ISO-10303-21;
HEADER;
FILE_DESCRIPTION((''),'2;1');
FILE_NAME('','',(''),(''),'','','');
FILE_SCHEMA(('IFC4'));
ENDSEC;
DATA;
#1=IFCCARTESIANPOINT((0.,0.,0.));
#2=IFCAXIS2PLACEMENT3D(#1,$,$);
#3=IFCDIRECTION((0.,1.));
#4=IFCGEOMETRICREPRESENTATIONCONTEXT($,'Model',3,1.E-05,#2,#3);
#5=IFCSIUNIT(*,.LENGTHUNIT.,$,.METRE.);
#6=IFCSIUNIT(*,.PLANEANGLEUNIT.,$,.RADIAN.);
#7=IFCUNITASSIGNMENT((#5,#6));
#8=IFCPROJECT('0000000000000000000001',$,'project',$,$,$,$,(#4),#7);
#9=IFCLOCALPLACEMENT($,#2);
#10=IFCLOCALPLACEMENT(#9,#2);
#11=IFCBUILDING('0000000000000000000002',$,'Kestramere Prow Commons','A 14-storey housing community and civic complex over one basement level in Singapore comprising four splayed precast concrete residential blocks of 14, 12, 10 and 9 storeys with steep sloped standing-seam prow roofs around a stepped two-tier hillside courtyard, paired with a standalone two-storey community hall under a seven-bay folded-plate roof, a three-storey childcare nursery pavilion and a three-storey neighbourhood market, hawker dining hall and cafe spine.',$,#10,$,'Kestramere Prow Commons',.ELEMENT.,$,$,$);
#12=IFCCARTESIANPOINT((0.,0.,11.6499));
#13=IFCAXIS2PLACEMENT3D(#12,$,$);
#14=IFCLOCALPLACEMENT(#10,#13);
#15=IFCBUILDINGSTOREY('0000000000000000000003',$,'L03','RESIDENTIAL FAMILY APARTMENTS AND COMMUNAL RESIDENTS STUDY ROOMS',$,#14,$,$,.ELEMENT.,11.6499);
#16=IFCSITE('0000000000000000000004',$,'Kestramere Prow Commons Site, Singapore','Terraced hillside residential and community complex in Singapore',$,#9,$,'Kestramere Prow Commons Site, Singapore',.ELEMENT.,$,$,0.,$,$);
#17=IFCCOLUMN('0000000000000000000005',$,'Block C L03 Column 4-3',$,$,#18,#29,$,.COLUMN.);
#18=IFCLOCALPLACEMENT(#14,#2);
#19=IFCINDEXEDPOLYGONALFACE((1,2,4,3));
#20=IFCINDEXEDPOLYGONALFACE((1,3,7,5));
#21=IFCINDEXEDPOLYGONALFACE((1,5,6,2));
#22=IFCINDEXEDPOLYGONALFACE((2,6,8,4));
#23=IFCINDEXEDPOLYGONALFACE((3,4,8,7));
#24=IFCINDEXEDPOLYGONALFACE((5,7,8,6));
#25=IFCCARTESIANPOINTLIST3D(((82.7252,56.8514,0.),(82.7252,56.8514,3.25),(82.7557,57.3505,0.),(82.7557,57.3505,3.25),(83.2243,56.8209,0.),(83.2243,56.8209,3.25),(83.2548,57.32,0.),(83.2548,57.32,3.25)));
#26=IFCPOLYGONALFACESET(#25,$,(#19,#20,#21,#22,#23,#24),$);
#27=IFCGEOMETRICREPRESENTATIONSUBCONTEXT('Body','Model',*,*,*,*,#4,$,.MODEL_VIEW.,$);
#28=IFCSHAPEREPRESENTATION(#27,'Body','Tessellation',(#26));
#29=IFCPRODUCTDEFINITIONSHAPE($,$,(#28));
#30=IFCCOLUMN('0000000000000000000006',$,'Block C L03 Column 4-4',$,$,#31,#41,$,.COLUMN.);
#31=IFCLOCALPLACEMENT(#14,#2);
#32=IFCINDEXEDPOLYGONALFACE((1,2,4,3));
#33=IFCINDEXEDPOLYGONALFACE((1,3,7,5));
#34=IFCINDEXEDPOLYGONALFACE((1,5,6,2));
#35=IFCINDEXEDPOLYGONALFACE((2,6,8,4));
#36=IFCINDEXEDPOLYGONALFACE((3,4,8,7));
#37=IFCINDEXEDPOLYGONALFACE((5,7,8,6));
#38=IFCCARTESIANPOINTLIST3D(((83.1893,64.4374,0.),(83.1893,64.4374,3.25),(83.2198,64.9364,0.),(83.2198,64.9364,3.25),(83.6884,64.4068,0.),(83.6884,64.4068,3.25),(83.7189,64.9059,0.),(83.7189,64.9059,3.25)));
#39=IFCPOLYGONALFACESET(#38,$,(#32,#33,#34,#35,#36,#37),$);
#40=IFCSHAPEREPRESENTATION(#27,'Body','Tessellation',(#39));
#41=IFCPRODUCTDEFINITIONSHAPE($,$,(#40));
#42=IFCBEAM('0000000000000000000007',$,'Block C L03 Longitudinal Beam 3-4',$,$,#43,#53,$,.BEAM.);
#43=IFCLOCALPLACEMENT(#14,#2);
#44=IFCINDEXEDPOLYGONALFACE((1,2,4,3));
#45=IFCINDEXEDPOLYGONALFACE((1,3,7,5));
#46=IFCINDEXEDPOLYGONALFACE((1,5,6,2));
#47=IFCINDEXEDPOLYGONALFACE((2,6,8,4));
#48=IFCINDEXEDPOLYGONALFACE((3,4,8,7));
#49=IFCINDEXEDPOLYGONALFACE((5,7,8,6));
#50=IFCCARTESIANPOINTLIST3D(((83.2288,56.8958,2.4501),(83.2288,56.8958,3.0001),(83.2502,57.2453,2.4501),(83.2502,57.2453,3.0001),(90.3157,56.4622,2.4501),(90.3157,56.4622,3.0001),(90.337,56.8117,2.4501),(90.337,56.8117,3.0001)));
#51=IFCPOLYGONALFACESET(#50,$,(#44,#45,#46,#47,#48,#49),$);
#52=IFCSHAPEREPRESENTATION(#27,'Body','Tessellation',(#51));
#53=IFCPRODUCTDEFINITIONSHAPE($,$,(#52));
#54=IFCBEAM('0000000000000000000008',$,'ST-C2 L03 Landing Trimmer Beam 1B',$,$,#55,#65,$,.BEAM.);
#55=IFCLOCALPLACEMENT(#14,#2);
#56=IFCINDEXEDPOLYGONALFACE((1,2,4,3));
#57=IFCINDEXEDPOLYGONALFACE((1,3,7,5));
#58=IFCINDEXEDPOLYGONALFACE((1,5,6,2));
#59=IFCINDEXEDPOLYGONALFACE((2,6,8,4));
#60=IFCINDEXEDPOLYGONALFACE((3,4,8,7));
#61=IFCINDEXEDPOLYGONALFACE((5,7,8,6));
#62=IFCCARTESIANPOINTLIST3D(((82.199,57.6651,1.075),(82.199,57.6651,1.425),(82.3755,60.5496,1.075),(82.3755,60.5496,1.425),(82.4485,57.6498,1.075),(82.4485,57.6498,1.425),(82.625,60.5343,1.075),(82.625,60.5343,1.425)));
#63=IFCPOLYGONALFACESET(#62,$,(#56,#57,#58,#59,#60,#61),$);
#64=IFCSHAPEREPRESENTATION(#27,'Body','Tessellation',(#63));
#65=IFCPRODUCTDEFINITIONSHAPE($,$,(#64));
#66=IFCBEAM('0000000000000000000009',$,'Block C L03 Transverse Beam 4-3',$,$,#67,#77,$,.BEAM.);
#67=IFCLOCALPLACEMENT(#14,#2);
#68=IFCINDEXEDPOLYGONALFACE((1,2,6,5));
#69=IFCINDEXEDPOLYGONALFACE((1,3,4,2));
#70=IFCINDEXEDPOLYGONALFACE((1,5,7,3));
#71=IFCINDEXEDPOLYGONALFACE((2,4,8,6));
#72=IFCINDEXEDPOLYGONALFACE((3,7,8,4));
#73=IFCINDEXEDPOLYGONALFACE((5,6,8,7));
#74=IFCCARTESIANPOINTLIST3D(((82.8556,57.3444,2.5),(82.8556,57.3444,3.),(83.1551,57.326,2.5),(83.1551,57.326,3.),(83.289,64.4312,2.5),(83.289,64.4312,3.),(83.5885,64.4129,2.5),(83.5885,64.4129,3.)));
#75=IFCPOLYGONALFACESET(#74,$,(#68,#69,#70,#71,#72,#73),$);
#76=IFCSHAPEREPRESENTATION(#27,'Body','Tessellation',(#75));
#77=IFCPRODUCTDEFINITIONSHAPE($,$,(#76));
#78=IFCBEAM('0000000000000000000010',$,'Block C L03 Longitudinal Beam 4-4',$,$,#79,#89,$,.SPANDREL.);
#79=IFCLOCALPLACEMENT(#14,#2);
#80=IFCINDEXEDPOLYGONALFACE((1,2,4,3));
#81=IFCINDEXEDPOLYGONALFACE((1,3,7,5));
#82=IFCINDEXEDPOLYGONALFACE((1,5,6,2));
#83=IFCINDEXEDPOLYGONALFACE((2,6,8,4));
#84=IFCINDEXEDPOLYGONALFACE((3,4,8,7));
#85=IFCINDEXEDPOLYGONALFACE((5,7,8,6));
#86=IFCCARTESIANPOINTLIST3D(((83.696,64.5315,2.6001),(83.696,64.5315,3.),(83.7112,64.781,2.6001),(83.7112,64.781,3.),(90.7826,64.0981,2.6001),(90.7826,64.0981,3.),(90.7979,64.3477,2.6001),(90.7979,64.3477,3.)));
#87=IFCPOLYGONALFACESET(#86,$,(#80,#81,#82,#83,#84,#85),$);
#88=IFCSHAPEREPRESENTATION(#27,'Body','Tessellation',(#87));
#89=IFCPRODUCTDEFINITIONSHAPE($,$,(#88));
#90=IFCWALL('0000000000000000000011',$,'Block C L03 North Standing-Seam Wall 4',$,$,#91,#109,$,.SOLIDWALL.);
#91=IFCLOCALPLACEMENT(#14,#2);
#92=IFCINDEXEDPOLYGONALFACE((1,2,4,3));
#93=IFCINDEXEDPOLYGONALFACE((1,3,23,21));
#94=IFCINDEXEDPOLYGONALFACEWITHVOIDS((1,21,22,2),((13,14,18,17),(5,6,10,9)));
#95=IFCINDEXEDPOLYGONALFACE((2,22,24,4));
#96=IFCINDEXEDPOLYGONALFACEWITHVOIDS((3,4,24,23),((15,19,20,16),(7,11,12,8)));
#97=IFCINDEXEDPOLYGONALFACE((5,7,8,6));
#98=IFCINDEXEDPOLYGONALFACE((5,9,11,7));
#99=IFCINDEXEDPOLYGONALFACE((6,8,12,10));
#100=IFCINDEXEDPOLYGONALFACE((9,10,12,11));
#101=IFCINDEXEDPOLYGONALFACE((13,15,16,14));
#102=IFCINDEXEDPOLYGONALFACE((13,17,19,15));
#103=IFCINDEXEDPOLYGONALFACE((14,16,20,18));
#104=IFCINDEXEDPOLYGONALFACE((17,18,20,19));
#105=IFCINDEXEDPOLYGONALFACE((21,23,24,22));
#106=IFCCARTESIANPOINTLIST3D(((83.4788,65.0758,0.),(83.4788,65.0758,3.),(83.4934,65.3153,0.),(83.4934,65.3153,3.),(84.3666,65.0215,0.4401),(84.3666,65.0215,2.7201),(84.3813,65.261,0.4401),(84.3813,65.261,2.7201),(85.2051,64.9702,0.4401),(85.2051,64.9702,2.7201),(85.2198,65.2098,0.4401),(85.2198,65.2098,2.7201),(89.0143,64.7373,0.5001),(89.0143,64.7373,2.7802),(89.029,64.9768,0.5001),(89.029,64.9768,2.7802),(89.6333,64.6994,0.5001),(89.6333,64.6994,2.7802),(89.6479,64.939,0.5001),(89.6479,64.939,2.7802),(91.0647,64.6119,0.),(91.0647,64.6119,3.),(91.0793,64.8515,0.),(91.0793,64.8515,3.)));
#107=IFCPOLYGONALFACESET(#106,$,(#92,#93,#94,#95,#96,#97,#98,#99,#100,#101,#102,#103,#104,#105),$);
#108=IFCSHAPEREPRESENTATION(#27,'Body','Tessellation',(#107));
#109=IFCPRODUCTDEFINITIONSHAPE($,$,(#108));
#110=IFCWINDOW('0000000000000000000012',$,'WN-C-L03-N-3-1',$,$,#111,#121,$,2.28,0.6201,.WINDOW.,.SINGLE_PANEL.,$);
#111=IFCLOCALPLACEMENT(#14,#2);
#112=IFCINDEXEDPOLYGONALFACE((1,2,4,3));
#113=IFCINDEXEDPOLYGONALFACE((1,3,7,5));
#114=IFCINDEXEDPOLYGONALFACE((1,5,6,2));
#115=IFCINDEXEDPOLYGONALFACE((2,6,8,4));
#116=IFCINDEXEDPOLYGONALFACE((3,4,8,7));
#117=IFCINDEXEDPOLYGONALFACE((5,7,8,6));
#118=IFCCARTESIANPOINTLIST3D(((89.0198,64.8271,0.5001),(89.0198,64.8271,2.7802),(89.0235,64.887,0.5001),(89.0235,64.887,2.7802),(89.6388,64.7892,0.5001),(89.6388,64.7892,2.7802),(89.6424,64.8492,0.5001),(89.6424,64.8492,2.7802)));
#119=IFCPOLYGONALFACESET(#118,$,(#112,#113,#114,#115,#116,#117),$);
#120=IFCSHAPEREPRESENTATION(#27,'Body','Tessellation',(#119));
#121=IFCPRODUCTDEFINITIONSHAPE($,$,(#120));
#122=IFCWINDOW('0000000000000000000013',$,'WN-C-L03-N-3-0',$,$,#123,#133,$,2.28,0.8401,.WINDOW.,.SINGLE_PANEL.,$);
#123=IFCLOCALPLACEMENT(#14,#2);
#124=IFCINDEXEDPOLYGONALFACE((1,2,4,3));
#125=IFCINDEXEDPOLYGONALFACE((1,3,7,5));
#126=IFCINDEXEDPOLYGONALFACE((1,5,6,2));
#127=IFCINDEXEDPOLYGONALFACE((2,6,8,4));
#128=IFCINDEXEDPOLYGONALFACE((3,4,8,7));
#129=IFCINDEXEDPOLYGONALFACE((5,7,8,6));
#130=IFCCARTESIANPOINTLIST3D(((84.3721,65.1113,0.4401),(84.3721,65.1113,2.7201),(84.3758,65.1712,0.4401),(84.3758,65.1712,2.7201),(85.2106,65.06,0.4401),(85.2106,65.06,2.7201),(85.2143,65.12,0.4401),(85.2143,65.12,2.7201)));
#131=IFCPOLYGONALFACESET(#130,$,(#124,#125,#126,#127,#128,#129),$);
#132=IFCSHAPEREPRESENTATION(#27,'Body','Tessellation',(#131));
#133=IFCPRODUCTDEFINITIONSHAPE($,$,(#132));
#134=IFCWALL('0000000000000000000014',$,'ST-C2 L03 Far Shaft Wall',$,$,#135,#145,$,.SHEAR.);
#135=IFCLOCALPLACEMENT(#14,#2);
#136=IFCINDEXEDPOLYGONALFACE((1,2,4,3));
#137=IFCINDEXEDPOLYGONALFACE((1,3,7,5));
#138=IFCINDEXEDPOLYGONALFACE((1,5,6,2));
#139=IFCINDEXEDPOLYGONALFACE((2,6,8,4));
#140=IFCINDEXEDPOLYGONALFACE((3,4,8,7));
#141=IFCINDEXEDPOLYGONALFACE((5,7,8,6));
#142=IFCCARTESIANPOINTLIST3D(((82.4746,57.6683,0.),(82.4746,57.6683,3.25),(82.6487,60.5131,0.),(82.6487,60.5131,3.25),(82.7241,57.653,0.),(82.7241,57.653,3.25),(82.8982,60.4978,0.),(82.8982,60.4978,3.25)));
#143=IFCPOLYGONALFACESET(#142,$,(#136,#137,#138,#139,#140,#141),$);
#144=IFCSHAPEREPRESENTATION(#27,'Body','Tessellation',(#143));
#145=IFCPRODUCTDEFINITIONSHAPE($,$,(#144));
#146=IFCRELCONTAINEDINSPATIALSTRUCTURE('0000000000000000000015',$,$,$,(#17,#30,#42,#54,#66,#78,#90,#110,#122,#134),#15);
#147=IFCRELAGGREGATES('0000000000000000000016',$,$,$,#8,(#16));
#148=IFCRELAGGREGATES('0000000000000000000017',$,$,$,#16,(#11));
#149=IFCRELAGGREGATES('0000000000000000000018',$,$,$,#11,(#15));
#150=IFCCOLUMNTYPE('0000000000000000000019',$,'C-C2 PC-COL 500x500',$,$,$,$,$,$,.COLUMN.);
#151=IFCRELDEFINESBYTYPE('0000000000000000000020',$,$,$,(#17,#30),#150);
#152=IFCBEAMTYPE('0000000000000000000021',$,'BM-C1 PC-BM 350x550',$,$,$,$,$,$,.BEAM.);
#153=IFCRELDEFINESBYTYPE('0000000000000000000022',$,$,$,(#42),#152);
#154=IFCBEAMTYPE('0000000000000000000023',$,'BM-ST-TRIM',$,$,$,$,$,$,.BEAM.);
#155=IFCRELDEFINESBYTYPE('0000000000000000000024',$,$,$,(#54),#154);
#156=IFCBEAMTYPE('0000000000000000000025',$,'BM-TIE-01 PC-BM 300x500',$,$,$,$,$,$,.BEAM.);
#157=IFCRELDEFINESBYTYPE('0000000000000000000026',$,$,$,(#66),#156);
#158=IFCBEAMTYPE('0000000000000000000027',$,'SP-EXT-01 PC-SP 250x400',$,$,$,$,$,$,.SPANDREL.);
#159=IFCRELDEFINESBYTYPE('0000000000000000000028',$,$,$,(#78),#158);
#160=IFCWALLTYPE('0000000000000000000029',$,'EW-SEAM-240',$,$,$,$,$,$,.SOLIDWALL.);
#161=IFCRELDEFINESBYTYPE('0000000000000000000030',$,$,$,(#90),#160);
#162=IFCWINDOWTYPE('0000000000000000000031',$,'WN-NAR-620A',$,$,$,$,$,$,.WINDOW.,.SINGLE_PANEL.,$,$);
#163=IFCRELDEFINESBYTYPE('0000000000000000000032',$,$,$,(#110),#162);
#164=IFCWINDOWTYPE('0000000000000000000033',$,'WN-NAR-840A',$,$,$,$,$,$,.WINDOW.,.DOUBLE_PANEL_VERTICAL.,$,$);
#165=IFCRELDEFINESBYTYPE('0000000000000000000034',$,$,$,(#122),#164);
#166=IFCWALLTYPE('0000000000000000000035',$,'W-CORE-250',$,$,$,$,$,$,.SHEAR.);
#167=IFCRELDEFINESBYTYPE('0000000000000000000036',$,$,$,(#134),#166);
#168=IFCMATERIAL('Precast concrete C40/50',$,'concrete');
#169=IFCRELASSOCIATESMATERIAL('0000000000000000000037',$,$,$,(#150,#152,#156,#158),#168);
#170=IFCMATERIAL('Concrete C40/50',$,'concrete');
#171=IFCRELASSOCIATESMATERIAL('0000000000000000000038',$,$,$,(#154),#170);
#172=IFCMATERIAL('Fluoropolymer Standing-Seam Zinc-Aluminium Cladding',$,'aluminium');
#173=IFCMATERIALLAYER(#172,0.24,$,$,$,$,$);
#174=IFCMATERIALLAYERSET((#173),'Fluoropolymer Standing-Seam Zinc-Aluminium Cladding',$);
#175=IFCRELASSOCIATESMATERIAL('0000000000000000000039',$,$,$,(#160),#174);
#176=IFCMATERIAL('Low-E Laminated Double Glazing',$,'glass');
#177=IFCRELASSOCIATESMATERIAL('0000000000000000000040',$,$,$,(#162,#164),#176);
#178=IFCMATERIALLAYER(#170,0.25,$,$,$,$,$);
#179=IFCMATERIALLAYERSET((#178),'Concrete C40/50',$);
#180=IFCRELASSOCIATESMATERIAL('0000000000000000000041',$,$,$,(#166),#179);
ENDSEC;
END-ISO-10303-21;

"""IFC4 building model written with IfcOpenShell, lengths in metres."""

from ifc_helpers import new_model, si_unit, direction, frame, frame_2d, origin, origin_2d, place, context, subcontext, project, spatial, rectangle, extrude, material, layer, layer_set, material_profile, profile_set, type_object, element, fill, save


model = new_model("IFC4")

# Units and contexts
model_context = context("Model", 3, precision=1e-05, world=origin(), true_north=direction((0.0, 1.0)))
body_context = subcontext(model_context, "Body", "Model", "MODEL_VIEW")
ifc_project = project(units=[si_unit("LENGTHUNIT", "METRE"), si_unit("PLANEANGLEUNIT", "RADIAN")], contexts=[model_context])

# Site, building, storey
site_placement = place(None, origin())
site = spatial("IfcSite", under=ifc_project, at=site_placement, Name="Kestramere Prow Commons Site, Singapore", Description="Terraced hillside residential and community complex in Singapore", LongName="Kestramere Prow Commons Site, Singapore", CompositionType="ELEMENT", RefElevation=0.0)
building_placement = place(site_placement, origin())
building = spatial("IfcBuilding", under=site, at=building_placement, Name="Kestramere Prow Commons", Description="A 14-storey housing community and civic complex over one basement level in Singapore comprising four splayed precast concrete residential blocks of 14, 12, 10 and 9 storeys with steep sloped standing-seam prow roofs around a stepped two-tier hillside courtyard, paired with a standalone two-storey community hall under a seven-bay folded-plate roof, a three-storey childcare nursery pavilion and a three-storey neighbourhood market, hawker dining hall and cafe spine.", LongName="Kestramere Prow Commons", CompositionType="ELEMENT")
storey_placement = place(building_placement, frame((0.0, 0.0, 11.6499)))
storey = spatial("IfcBuildingStorey", under=building, at=storey_placement, Name="L03", Description="RESIDENTIAL FAMILY APARTMENTS AND COMMUNAL RESIDENTS STUDY ROOMS", CompositionType="ELEMENT", Elevation=11.6499)

# Columns
ifc_material_1 = material(Name="Precast concrete C40/50", Category="concrete")
ifc_material_profile_1 = material_profile(ifc_material_1, rectangle(XDim=0.5, YDim=0.5, at=origin_2d()), Name="PC-COL 500x500")
ifc_profile_set_1 = profile_set([ifc_material_profile_1], Name="Precast concrete C40/50")
column_type = type_object("IfcColumnType", Name="C-C2 PC-COL 500x500", PredefinedType="COLUMN", material=ifc_profile_set_1)
for number, where, z_axis, x_axis, name in (
    (1, (82.99, 57.0857, 0.0), (0.0, 0.0, 1.0), (0.998135, -0.061049, 0.0), "Block C L03 Column 4-3"),
    (2, (83.4541, 64.6716, 0.0), (0.0, 0.0, 1.0), (0.998135, -0.061049, 0.0), "Block C L03 Column 4-4"),
):
    element("IfcColumn", number, at=place(storey_placement, frame(where, z_axis=z_axis, x_axis=x_axis)), inside=storey, type_object=column_type, Name=name, PredefinedType="COLUMN", context=body_context, shape_type="SweptSolid", body=[
        extrude(rectangle(XDim=0.5, YDim=0.5, at=origin_2d()), origin(), (0.0, 0.0, 1.0), 3.25),
    ])

# Beams
ifc_material_profile_2 = material_profile(ifc_material_1, rectangle(XDim=0.3501, YDim=0.55, at=origin_2d()), Name="PC-BM 350x550")
ifc_profile_set_2 = profile_set([ifc_material_profile_2], Name="Precast concrete C40/50")
beam_type_1 = type_object("IfcBeamType", Name="BM-C1 PC-BM 350x550", PredefinedType="BEAM", material=ifc_profile_set_2)
beam_1_placement = place(storey_placement, frame((83.2395, 57.0706, 2.7251), z_axis=(0.998134, -0.061068, 0.0), x_axis=(0.061068, 0.998134, 0.0)))
element("IfcBeam", 3, at=beam_1_placement, inside=storey, type_object=beam_type_1, Name="Block C L03 Longitudinal Beam 3-4", PredefinedType="BEAM", context=body_context, shape_type="SweptSolid", body=[
    extrude(rectangle(XDim=0.3501, YDim=0.55, at=origin_2d()), origin(), (0.0, 0.0, 1.0), 7.1001),
])
ifc_material_2 = material(Name="Concrete C40/50", Category="concrete")
ifc_material_profile_3 = material_profile(ifc_material_2, rectangle(XDim=0.25, YDim=0.3501, at=origin_2d()), Name="PC-BM 250x350")
ifc_profile_set_3 = profile_set([ifc_material_profile_3], Name="Concrete C40/50")
beam_type_2 = type_object("IfcBeamType", Name="BM-ST-TRIM", PredefinedType="BEAM", material=ifc_profile_set_3)
beam_2_placement = place(storey_placement, frame((82.3237, 57.6575, 1.25), z_axis=(0.061079, 0.998133, 0.0), x_axis=(-0.998133, 0.061079, 0.0)))
element("IfcBeam", 4, at=beam_2_placement, inside=storey, type_object=beam_type_2, Name="ST-C2 L03 Landing Trimmer Beam 1B", PredefinedType="BEAM", context=body_context, shape_type="SweptSolid", body=[
    extrude(rectangle(XDim=0.25, YDim=0.3501, at=origin_2d()), origin(), (0.0, 0.0, 1.0), 2.8899),
])
ifc_material_profile_4 = material_profile(ifc_material_1, rectangle(XDim=0.3, YDim=0.5, at=origin_2d()), Name="PC-BM 300x500")
ifc_profile_set_4 = profile_set([ifc_material_profile_4], Name="Precast concrete C40/50")
beam_type_3 = type_object("IfcBeamType", Name="BM-TIE-01 PC-BM 300x500", PredefinedType="BEAM", material=ifc_profile_set_4)
beam_3_placement = place(storey_placement, frame((83.0054, 57.3352, 2.75), z_axis=(0.061034, 0.998136, 0.0), x_axis=(-0.998136, 0.061034, 0.0)))
element("IfcBeam", 5, at=beam_3_placement, inside=storey, type_object=beam_type_3, Name="Block C L03 Transverse Beam 4-3", PredefinedType="BEAM", context=body_context, shape_type="SweptSolid", body=[
    extrude(rectangle(XDim=0.3, YDim=0.5, at=origin_2d()), origin(), (0.0, 0.0, 1.0), 7.1001),
])
ifc_material_profile_5 = material_profile(ifc_material_1, rectangle(XDim=0.25, YDim=0.3999, at=origin_2d()), Name="PC-SP 250x400")
ifc_profile_set_5 = profile_set([ifc_material_profile_5], Name="Precast concrete C40/50")
beam_type_4 = type_object("IfcBeamType", Name="SP-EXT-01 PC-SP 250x400", PredefinedType="SPANDREL", material=ifc_profile_set_5)
beam_4_placement = place(storey_placement, frame((83.7036, 64.6562, 2.8), z_axis=(0.998136, -0.061036, 0.0), x_axis=(0.061036, 0.998136, 0.0)))
element("IfcBeam", 6, at=beam_4_placement, inside=storey, type_object=beam_type_4, Name="Block C L03 Longitudinal Beam 4-4", PredefinedType="SPANDREL", context=body_context, shape_type="SweptSolid", body=[
    extrude(rectangle(XDim=0.25, YDim=0.3999, at=origin_2d()), origin(), (0.0, 0.0, 1.0), 7.0999),
])

# Wall, openings, windows
ifc_material_3 = material(Name="Fluoropolymer Standing-Seam Zinc-Aluminium Cladding", Category="aluminium")
ifc_layer_1 = layer(ifc_material_3, 0.24)
ifc_layer_set_1 = layer_set([ifc_layer_1], Name="Fluoropolymer Standing-Seam Zinc-Aluminium Cladding")
wall_type_1 = type_object("IfcWallType", Name="EW-SEAM-240", PredefinedType="SOLIDWALL", material=ifc_layer_set_1)
wall_1_placement = place(storey_placement, frame((83.4861, 65.1956, 0.0), z_axis=(0.0, 0.0, 1.0), x_axis=(0.998136, -0.061034, 0.0)))
wall_1 = element("IfcWall", 7, at=wall_1_placement, inside=storey, type_object=wall_type_1, Name="Block C L03 North Standing-Seam Wall 4", PredefinedType="SOLIDWALL", context=body_context, shape_type="SweptSolid", body=[
    extrude(rectangle(XDim=7.6001, YDim=0.24, at=frame_2d((3.8, 0.0))), origin(), (0.0, 0.0, 1.0), 3.0),
])
opening_1_placement = place(wall_1_placement, frame((0.8896, 0.0, 0.4399)))
opening_1 = element("IfcOpeningElement", 8, at=opening_1_placement, cuts=wall_1, PredefinedType="OPENING", context=body_context, shape_type="SweptSolid", body=[
    extrude(rectangle(XDim=0.8401, YDim=2.28, at=frame_2d((0.4199, 1.1401))), frame((0.0, 0.135, 0.0), z_axis=(0.0, -1.0, 0.0), x_axis=(1.0, 0.0, 0.0)), (0.0, 0.0, 1.0), 0.27),
])
opening_2_placement = place(wall_1_placement, frame((5.5459, 0.0, 0.5)))
opening_2 = element("IfcOpeningElement", 9, at=opening_2_placement, cuts=wall_1, PredefinedType="OPENING", context=body_context, shape_type="SweptSolid", body=[
    extrude(rectangle(XDim=0.6201, YDim=2.28, at=frame_2d((0.3101, 1.1401))), frame((0.0, 0.135, 0.0), z_axis=(0.0, -1.0, 0.0), x_axis=(1.0, 0.0, 0.0)), (0.0, 0.0, 1.0), 0.27),
])
ifc_material_4 = material(Name="Low-E Laminated Double Glazing", Category="glass")
window_type_1 = type_object("IfcWindowType", Name="WN-NAR-620A", PartitioningType="SINGLE_PANEL", PredefinedType="WINDOW", material=ifc_material_4)
window_1_placement = place(opening_2_placement, origin())
window_1 = element("IfcWindow", 10, at=window_1_placement, inside=storey, type_object=window_type_1, Name="WN-C-L03-N-3-1", OverallHeight=2.28, OverallWidth=0.6201, PartitioningType="SINGLE_PANEL", PredefinedType="WINDOW", context=body_context, shape_type="SweptSolid", body=[
    extrude(rectangle(XDim=0.6201, YDim=2.28, at=frame_2d((0.3101, 1.1401))), frame((0.0, 0.03, 0.0), z_axis=(0.0, -1.0, 0.0), x_axis=(1.0, 0.0, 0.0)), (0.0, 0.0, 1.0), 0.0601),
])
fill(opening_2, window_1)
window_type_2 = type_object("IfcWindowType", Name="WN-NAR-840A", PartitioningType="DOUBLE_PANEL_VERTICAL", PredefinedType="WINDOW", material=ifc_material_4)
window_2_placement = place(opening_1_placement, origin())
window_2 = element("IfcWindow", 11, at=window_2_placement, inside=storey, type_object=window_type_2, Name="WN-C-L03-N-3-0", OverallHeight=2.28, OverallWidth=0.8401, PartitioningType="SINGLE_PANEL", PredefinedType="WINDOW", context=body_context, shape_type="SweptSolid", body=[
    extrude(rectangle(XDim=0.8401, YDim=2.28, at=frame_2d((0.4199, 1.1401))), frame((0.0, 0.03, 0.0), z_axis=(0.0, -1.0, 0.0), x_axis=(1.0, 0.0, 0.0)), (0.0, 0.0, 1.0), 0.0601),
])
fill(opening_1, window_2)

# Wall
ifc_layer_2 = layer(ifc_material_2, 0.25)
ifc_layer_set_2 = layer_set([ifc_layer_2], Name="Concrete C40/50")
wall_type_2 = type_object("IfcWallType", Name="W-CORE-250", PredefinedType="SHEAR", material=ifc_layer_set_2)
wall_2_placement = place(storey_placement, frame((82.5994, 57.6606, 0.0), z_axis=(0.0, 0.0, 1.0), x_axis=(0.061077, 0.998133, 0.0)))
element("IfcWall", 12, at=wall_2_placement, inside=storey, type_object=wall_type_2, Name="ST-C2 L03 Far Shaft Wall", PredefinedType="SHEAR", context=body_context, shape_type="SweptSolid", body=[
    extrude(rectangle(XDim=2.8501, YDim=0.25, at=frame_2d((1.425, 0.0))), origin(), (0.0, 0.0, 1.0), 3.25),
])

save(model, "model.ifc")
